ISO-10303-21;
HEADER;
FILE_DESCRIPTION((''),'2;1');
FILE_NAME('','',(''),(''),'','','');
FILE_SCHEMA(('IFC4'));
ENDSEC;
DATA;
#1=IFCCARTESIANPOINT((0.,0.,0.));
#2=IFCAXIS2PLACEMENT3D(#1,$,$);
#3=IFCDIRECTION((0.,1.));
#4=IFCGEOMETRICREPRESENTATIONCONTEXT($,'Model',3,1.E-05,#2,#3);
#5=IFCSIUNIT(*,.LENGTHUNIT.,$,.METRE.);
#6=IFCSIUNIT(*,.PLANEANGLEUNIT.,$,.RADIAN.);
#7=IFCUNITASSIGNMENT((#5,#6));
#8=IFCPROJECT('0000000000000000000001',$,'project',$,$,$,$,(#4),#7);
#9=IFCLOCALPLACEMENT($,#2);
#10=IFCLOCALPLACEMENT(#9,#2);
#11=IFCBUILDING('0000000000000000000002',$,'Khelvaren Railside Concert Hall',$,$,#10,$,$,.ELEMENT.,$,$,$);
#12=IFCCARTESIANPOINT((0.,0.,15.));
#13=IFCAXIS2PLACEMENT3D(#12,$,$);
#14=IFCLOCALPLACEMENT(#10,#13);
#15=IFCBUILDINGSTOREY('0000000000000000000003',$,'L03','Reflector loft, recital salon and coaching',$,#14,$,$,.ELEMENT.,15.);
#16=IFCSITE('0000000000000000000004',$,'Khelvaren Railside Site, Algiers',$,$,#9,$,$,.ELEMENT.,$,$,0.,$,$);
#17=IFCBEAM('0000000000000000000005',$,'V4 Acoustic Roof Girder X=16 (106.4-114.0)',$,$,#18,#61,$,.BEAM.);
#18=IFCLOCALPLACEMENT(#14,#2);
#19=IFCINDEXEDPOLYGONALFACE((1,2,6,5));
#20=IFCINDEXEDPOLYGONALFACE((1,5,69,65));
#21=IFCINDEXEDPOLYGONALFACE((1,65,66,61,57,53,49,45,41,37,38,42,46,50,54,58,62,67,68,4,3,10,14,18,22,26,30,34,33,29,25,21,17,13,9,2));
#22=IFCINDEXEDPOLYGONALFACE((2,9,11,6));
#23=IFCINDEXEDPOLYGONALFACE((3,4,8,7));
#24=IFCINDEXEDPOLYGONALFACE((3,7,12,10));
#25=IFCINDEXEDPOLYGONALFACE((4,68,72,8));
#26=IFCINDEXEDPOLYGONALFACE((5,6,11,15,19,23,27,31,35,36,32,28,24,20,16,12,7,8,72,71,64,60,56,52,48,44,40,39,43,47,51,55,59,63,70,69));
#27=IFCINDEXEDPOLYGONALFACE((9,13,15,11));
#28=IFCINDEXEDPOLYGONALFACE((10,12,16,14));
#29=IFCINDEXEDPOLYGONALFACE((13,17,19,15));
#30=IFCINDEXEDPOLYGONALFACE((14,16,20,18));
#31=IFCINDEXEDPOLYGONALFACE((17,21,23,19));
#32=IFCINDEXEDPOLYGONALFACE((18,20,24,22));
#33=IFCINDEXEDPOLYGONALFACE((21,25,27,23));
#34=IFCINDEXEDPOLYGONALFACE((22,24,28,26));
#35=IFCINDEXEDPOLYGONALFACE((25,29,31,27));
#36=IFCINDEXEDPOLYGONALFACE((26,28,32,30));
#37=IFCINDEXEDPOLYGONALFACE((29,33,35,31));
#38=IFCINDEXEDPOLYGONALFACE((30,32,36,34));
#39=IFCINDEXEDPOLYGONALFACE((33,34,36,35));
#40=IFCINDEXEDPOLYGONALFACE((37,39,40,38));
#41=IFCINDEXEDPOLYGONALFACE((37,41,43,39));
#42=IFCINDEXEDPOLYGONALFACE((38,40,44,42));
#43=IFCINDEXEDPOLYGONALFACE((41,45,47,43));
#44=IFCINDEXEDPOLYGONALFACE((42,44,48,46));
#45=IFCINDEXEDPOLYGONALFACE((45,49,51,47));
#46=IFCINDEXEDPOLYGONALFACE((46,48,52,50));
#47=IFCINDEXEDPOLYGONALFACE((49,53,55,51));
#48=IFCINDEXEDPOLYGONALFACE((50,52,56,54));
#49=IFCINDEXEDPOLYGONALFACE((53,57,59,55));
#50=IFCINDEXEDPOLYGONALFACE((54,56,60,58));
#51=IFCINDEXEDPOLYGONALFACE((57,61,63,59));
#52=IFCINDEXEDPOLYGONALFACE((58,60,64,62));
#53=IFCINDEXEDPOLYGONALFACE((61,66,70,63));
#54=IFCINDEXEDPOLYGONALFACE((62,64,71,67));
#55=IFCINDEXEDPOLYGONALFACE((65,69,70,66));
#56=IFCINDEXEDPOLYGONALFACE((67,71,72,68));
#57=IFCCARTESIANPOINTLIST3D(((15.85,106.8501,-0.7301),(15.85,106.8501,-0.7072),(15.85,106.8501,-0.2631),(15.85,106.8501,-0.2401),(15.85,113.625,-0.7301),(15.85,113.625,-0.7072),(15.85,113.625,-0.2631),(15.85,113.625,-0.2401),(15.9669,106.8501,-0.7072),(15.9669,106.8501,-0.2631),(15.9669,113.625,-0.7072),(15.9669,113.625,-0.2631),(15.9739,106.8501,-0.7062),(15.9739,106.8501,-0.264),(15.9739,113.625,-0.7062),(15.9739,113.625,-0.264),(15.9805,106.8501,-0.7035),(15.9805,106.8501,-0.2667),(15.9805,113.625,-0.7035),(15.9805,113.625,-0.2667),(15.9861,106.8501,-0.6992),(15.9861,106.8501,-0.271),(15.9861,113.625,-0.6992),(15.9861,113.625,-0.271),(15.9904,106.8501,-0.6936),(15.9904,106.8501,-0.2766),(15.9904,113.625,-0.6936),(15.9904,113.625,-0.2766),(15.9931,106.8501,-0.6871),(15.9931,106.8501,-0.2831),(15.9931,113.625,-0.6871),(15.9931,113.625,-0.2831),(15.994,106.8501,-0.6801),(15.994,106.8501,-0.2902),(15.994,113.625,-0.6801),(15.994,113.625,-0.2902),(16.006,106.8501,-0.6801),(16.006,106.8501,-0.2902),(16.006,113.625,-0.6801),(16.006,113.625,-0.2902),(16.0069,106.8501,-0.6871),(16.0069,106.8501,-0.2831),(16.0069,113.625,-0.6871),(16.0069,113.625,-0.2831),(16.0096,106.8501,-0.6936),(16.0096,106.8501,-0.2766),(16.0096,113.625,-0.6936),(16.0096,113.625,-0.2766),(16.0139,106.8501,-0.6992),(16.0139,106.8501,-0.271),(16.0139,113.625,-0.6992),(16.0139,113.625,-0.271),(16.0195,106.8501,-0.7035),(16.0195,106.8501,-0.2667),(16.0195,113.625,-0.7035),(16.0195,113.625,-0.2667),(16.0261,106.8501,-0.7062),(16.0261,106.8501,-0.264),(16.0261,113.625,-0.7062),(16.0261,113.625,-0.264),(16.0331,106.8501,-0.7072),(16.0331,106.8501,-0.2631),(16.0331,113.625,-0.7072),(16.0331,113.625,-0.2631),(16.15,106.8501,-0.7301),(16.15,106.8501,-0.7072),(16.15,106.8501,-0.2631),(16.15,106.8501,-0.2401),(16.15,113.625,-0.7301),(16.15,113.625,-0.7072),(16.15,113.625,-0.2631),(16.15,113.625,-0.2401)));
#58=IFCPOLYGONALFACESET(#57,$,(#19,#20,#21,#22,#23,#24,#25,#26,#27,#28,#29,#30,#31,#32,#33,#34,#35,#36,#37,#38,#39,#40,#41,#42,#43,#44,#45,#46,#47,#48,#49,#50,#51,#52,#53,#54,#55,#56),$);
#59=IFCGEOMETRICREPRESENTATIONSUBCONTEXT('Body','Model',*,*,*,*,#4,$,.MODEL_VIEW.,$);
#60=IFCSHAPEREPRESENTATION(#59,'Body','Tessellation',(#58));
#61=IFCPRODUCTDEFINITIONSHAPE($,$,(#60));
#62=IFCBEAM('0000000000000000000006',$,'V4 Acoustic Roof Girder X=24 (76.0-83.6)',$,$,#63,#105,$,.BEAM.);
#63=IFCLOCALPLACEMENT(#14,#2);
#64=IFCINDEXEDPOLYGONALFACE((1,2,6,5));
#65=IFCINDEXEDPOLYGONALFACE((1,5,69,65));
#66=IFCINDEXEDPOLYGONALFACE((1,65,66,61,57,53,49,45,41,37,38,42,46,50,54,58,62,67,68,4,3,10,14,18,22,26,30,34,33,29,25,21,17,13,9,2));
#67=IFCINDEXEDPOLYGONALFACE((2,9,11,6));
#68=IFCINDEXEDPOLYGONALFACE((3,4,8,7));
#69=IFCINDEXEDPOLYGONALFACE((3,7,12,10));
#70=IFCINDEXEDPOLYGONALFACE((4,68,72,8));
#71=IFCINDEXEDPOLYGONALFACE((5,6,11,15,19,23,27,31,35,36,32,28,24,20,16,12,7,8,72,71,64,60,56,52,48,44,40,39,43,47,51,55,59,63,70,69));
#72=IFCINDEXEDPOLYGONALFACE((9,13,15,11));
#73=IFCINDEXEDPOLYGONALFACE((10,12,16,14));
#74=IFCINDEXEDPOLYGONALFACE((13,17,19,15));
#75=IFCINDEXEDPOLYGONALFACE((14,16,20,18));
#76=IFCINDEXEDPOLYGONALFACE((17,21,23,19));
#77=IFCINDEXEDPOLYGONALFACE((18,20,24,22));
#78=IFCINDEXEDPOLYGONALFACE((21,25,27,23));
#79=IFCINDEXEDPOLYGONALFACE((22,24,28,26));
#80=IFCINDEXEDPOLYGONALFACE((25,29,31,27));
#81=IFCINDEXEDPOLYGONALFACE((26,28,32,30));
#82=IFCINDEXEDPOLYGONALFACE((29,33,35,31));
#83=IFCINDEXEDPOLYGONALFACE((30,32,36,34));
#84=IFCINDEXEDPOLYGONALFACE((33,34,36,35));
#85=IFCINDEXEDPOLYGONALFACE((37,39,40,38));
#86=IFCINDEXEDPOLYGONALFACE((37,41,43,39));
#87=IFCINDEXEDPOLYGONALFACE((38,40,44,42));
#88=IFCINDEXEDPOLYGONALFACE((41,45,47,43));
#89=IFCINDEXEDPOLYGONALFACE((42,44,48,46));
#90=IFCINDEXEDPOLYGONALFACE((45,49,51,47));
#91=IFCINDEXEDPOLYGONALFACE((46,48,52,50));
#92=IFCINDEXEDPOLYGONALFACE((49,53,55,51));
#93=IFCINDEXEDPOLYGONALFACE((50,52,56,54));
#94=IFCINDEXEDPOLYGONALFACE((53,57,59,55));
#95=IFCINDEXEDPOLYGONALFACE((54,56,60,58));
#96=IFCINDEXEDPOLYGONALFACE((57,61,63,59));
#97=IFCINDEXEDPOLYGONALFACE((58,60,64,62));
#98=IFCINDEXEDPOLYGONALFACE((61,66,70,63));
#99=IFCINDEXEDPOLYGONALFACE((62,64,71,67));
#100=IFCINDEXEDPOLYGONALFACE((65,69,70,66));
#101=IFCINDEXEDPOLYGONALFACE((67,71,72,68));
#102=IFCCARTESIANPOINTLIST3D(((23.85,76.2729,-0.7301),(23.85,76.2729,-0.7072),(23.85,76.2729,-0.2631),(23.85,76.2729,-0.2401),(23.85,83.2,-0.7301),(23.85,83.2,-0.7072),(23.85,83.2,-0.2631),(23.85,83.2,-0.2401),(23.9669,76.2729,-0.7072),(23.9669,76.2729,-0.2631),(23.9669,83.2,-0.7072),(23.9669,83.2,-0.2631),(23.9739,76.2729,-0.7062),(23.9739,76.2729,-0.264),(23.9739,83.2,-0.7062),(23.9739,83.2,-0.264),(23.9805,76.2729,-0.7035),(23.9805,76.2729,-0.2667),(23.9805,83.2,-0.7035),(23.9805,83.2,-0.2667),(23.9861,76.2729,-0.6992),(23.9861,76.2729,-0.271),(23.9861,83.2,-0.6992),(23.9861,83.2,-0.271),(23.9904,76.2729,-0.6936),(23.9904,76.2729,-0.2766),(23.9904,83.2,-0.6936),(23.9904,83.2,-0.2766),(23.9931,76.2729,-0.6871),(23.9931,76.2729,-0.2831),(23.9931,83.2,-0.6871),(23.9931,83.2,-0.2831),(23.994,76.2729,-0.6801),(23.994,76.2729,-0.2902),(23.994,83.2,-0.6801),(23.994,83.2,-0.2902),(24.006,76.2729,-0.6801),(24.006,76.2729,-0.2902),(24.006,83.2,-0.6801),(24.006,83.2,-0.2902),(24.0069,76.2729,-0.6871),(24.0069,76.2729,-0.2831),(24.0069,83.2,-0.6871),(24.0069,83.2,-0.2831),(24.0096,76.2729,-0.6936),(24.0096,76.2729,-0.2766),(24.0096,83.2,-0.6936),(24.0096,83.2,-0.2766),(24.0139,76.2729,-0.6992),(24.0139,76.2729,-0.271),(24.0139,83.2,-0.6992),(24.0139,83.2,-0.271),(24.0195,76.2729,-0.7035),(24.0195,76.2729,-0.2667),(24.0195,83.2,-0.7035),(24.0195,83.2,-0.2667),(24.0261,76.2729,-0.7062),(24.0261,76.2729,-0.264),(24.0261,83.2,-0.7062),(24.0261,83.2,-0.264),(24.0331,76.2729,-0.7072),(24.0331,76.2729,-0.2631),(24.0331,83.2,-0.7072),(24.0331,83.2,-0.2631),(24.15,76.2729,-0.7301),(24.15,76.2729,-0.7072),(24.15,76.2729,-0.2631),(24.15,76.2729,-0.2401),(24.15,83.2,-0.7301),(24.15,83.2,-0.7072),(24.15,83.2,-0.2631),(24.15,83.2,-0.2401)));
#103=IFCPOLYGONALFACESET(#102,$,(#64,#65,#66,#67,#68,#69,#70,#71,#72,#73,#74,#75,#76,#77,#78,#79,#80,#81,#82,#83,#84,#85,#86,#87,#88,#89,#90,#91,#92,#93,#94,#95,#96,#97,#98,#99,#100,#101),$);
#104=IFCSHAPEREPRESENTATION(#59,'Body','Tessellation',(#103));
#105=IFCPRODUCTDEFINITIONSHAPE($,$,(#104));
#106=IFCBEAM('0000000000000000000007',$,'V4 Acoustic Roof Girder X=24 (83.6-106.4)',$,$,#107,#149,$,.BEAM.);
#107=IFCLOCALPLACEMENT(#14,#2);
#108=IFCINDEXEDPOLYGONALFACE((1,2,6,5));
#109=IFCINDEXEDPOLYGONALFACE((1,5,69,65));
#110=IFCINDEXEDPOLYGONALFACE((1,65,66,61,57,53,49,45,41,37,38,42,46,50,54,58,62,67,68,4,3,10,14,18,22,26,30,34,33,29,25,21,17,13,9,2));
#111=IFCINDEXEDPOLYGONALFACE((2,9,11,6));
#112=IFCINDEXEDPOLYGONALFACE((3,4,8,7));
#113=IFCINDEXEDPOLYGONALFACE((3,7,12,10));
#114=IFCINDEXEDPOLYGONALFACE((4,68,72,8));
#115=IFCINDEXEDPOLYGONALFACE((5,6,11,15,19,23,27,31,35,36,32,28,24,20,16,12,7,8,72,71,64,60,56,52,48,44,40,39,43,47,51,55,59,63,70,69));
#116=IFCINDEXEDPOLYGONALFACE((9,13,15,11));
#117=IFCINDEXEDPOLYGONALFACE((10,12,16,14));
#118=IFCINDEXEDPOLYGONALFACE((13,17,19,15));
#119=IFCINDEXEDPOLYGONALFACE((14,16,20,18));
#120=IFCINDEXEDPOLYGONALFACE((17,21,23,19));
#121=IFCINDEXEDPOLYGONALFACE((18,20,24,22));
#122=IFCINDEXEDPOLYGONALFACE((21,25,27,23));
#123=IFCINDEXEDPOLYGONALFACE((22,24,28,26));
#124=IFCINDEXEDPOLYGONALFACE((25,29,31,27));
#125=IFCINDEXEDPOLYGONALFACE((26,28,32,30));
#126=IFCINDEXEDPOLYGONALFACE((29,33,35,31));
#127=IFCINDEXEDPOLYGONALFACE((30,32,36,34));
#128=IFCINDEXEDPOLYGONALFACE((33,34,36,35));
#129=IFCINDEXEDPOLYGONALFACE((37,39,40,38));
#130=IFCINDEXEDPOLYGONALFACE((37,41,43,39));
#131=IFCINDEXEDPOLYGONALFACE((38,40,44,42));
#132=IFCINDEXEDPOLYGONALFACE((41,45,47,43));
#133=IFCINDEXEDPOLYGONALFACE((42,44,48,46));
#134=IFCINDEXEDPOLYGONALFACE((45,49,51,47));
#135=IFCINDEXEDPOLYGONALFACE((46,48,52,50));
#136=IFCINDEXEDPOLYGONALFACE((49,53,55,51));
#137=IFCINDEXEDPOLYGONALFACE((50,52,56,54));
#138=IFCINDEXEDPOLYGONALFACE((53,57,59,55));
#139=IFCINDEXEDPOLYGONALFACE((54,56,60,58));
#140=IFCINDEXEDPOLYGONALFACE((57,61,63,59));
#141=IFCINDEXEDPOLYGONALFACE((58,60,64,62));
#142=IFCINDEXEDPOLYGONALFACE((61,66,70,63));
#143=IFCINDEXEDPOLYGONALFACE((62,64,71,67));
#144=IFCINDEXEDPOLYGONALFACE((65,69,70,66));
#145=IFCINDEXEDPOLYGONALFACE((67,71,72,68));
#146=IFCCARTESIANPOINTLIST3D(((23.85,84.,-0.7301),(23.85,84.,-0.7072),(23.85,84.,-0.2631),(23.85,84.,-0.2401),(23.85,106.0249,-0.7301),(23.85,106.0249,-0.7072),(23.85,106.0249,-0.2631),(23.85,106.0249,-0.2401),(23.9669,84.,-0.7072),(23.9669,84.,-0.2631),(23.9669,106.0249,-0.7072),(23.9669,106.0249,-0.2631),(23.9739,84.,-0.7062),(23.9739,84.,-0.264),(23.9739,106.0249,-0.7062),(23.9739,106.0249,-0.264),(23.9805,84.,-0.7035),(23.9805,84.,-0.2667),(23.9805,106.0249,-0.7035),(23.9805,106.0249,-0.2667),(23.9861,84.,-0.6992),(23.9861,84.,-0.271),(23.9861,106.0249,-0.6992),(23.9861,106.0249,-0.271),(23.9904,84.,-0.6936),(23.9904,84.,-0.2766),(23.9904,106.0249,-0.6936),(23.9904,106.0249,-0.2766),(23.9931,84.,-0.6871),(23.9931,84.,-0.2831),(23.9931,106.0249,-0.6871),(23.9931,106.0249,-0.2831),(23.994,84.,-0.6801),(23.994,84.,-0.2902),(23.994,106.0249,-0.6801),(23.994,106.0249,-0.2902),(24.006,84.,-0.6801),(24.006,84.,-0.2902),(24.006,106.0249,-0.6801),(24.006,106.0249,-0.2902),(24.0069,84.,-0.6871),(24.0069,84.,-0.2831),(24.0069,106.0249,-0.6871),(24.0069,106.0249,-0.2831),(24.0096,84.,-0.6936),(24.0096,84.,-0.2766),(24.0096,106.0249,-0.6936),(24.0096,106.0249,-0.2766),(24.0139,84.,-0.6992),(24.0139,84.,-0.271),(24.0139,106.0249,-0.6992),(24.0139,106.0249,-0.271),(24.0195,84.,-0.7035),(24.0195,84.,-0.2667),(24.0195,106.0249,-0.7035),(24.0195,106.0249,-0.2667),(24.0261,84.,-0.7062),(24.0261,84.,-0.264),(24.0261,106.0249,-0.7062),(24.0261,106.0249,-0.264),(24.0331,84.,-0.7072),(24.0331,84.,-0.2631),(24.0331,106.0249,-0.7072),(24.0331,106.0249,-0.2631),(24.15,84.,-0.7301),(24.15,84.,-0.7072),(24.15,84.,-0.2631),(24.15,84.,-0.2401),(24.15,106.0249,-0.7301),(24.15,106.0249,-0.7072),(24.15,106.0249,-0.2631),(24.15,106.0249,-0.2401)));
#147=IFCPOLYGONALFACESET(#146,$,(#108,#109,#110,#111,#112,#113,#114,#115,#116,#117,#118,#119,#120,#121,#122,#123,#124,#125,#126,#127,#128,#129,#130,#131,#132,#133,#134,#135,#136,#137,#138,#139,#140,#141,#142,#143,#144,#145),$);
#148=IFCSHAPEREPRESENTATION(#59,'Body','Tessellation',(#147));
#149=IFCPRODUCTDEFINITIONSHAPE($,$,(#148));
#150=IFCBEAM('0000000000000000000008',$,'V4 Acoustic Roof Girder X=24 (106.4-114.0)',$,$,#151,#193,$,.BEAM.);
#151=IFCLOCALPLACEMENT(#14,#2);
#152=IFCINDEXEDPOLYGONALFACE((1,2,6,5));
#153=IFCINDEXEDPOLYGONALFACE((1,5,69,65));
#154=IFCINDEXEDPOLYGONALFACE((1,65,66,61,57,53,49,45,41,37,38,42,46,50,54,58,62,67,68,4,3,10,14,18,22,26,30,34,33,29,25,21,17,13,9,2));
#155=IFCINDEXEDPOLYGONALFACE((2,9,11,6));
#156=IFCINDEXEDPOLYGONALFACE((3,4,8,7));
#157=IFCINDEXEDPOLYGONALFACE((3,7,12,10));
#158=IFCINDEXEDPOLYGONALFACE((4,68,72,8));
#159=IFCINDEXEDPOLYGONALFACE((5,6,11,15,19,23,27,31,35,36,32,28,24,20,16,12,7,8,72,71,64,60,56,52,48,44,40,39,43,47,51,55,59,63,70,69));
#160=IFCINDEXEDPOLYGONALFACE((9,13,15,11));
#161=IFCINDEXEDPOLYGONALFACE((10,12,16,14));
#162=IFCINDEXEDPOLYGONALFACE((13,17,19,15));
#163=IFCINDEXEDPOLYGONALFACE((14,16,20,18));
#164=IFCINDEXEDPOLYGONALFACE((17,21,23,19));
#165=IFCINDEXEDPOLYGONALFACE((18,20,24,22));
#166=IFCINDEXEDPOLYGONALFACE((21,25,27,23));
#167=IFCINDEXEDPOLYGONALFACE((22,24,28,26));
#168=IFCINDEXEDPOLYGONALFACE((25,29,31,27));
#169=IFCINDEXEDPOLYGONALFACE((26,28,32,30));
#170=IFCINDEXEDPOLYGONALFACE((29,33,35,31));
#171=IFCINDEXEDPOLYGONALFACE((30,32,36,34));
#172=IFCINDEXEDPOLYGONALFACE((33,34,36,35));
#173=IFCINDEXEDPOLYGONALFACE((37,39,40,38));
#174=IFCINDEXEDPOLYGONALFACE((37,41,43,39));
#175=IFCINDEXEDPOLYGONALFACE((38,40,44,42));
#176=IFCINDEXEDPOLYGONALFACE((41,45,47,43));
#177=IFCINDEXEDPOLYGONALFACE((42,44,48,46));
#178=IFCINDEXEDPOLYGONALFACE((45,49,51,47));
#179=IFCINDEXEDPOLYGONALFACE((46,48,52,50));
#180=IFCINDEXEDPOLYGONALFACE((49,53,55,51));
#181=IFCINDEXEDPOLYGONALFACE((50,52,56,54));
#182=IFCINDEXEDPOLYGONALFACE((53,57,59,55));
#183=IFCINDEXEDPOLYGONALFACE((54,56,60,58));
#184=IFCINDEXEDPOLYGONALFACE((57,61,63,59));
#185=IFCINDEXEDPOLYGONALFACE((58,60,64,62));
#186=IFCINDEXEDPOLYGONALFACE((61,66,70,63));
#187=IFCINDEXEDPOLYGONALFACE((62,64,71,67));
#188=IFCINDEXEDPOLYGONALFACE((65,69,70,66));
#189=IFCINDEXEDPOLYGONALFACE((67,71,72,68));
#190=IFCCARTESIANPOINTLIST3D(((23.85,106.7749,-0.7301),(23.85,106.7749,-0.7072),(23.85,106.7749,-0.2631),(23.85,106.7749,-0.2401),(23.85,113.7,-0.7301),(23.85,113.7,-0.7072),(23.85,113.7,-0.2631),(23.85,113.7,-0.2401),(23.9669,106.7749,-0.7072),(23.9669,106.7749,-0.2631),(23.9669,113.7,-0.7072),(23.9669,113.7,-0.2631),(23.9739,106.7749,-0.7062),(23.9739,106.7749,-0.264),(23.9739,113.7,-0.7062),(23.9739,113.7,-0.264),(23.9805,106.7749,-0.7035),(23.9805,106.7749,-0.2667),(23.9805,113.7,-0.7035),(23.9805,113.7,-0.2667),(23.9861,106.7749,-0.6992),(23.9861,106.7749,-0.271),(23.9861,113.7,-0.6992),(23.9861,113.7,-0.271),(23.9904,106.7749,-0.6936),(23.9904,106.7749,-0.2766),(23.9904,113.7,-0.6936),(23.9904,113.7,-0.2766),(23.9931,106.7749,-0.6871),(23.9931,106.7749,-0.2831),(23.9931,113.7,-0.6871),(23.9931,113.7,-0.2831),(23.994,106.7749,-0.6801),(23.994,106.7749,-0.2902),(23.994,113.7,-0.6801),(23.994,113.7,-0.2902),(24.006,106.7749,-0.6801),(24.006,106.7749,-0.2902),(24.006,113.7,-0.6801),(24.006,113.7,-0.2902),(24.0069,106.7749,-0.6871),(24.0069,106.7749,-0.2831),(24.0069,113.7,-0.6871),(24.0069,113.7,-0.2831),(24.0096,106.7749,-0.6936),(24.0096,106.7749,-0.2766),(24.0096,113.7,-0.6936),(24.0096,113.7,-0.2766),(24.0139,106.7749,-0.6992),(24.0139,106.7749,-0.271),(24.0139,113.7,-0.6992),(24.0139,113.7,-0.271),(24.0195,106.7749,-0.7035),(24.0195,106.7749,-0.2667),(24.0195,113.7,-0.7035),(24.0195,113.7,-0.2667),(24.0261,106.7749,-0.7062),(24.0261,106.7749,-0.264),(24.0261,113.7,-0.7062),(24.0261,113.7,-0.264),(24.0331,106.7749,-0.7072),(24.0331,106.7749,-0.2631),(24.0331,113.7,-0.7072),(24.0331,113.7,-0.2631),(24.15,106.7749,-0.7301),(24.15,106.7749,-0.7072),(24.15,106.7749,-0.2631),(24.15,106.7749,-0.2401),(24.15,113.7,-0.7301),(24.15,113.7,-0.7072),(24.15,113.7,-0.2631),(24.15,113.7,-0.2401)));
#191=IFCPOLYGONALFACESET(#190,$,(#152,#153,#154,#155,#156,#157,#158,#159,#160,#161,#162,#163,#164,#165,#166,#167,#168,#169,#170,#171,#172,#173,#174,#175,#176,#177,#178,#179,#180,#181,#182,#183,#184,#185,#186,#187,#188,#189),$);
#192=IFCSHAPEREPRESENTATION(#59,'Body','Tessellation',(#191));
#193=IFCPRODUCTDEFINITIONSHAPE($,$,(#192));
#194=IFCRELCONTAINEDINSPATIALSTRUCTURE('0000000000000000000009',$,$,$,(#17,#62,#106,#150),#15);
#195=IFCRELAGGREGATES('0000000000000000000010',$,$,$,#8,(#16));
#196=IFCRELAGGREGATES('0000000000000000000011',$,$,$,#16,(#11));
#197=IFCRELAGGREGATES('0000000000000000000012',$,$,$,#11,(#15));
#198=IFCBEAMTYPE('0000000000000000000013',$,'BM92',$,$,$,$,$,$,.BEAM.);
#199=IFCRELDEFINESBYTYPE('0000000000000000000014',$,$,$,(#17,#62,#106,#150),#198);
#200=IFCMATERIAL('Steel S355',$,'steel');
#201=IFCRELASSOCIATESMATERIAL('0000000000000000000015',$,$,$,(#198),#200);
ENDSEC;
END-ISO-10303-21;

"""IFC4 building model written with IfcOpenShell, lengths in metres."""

from ifc_helpers import new_model, si_unit, direction, frame, origin, origin_2d, place, context, subcontext, project, spatial, i_section, extrude, material, material_profile, profile_set, type_object, element, save


model = new_model("IFC4")

# Units and contexts
model_context = context("Model", 3, precision=1e-05, world=origin(), true_north=direction((0.0, 1.0)))
body_context = subcontext(model_context, "Body", "Model", "MODEL_VIEW")
ifc_project = project(units=[si_unit("LENGTHUNIT", "METRE"), si_unit("PLANEANGLEUNIT", "RADIAN")], contexts=[model_context])

# Site, building, storey
site_placement = place(None, origin())
site = spatial("IfcSite", under=ifc_project, at=site_placement, Name="Khelvaren Railside Site, Algiers", CompositionType="ELEMENT", RefElevation=0.0)
building_placement = place(site_placement, origin())
building = spatial("IfcBuilding", under=site, at=building_placement, Name="Khelvaren Railside Concert Hall", CompositionType="ELEMENT")
storey_placement = place(building_placement, frame((0.0, 0.0, 15.0)))
storey = spatial("IfcBuildingStorey", under=building, at=storey_placement, Name="L03", Description="Reflector loft, recital salon and coaching", CompositionType="ELEMENT", Elevation=15.0)

# Beams
ifc_material_1 = material(Name="Steel S355", Category="steel")
ifc_material_profile_1 = material_profile(ifc_material_1, i_section(OverallWidth=0.3, OverallDepth=0.49, WebThickness=0.012, FlangeThickness=0.0229, FilletRadius=0.0271, at=origin_2d()), Name="HEA 500")
ifc_profile_set_1 = profile_set([ifc_material_profile_1], Name="Steel S355")
beam_type = type_object("IfcBeamType", Name="BM92", PredefinedType="BEAM", material=ifc_profile_set_1)
beam_1_placement = place(storey_placement, frame((16.0, 106.8501, -0.4851), z_axis=(0.0, 1.0, 0.0), x_axis=(-1.0, 0.0, 0.0)))
element("IfcBeam", 1, at=beam_1_placement, inside=storey, type_object=beam_type, Name="V4 Acoustic Roof Girder X=16 (106.4-114.0)", PredefinedType="BEAM", context=body_context, shape_type="SweptSolid", body=[
    extrude(i_section(OverallWidth=0.3, OverallDepth=0.49, WebThickness=0.012, FlangeThickness=0.0229, FilletRadius=0.0271, at=origin_2d()), origin(), (0.0, 0.0, 1.0), 6.7749),
])
beam_2_placement = place(storey_placement, frame((24.0, 76.2729, -0.4851), z_axis=(0.0, 1.0, 0.0), x_axis=(-1.0, 0.0, 0.0)))
element("IfcBeam", 2, at=beam_2_placement, inside=storey, type_object=beam_type, Name="V4 Acoustic Roof Girder X=24 (76.0-83.6)", PredefinedType="BEAM", context=body_context, shape_type="SweptSolid", body=[
    extrude(i_section(OverallWidth=0.3, OverallDepth=0.49, WebThickness=0.012, FlangeThickness=0.0229, FilletRadius=0.0271, at=origin_2d()), origin(), (0.0, 0.0, 1.0), 6.927),
])
beam_3_placement = place(storey_placement, frame((24.0, 84.0, -0.4851), z_axis=(0.0, 1.0, 0.0), x_axis=(-1.0, 0.0, 0.0)))
element("IfcBeam", 3, at=beam_3_placement, inside=storey, type_object=beam_type, Name="V4 Acoustic Roof Girder X=24 (83.6-106.4)", PredefinedType="BEAM", context=body_context, shape_type="SweptSolid", body=[
    extrude(i_section(OverallWidth=0.3, OverallDepth=0.49, WebThickness=0.012, FlangeThickness=0.0229, FilletRadius=0.0271, at=origin_2d()), origin(), (0.0, 0.0, 1.0), 22.0249),
])
beam_4_placement = place(storey_placement, frame((24.0, 106.7749, -0.4851), z_axis=(0.0, 1.0, 0.0), x_axis=(-1.0, 0.0, 0.0)))
element("IfcBeam", 4, at=beam_4_placement, inside=storey, type_object=beam_type, Name="V4 Acoustic Roof Girder X=24 (106.4-114.0)", PredefinedType="BEAM", context=body_context, shape_type="SweptSolid", body=[
    extrude(i_section(OverallWidth=0.3, OverallDepth=0.49, WebThickness=0.012, FlangeThickness=0.0229, FilletRadius=0.0271, at=origin_2d()), origin(), (0.0, 0.0, 1.0), 6.925),
])

save(model, "model.ifc")
